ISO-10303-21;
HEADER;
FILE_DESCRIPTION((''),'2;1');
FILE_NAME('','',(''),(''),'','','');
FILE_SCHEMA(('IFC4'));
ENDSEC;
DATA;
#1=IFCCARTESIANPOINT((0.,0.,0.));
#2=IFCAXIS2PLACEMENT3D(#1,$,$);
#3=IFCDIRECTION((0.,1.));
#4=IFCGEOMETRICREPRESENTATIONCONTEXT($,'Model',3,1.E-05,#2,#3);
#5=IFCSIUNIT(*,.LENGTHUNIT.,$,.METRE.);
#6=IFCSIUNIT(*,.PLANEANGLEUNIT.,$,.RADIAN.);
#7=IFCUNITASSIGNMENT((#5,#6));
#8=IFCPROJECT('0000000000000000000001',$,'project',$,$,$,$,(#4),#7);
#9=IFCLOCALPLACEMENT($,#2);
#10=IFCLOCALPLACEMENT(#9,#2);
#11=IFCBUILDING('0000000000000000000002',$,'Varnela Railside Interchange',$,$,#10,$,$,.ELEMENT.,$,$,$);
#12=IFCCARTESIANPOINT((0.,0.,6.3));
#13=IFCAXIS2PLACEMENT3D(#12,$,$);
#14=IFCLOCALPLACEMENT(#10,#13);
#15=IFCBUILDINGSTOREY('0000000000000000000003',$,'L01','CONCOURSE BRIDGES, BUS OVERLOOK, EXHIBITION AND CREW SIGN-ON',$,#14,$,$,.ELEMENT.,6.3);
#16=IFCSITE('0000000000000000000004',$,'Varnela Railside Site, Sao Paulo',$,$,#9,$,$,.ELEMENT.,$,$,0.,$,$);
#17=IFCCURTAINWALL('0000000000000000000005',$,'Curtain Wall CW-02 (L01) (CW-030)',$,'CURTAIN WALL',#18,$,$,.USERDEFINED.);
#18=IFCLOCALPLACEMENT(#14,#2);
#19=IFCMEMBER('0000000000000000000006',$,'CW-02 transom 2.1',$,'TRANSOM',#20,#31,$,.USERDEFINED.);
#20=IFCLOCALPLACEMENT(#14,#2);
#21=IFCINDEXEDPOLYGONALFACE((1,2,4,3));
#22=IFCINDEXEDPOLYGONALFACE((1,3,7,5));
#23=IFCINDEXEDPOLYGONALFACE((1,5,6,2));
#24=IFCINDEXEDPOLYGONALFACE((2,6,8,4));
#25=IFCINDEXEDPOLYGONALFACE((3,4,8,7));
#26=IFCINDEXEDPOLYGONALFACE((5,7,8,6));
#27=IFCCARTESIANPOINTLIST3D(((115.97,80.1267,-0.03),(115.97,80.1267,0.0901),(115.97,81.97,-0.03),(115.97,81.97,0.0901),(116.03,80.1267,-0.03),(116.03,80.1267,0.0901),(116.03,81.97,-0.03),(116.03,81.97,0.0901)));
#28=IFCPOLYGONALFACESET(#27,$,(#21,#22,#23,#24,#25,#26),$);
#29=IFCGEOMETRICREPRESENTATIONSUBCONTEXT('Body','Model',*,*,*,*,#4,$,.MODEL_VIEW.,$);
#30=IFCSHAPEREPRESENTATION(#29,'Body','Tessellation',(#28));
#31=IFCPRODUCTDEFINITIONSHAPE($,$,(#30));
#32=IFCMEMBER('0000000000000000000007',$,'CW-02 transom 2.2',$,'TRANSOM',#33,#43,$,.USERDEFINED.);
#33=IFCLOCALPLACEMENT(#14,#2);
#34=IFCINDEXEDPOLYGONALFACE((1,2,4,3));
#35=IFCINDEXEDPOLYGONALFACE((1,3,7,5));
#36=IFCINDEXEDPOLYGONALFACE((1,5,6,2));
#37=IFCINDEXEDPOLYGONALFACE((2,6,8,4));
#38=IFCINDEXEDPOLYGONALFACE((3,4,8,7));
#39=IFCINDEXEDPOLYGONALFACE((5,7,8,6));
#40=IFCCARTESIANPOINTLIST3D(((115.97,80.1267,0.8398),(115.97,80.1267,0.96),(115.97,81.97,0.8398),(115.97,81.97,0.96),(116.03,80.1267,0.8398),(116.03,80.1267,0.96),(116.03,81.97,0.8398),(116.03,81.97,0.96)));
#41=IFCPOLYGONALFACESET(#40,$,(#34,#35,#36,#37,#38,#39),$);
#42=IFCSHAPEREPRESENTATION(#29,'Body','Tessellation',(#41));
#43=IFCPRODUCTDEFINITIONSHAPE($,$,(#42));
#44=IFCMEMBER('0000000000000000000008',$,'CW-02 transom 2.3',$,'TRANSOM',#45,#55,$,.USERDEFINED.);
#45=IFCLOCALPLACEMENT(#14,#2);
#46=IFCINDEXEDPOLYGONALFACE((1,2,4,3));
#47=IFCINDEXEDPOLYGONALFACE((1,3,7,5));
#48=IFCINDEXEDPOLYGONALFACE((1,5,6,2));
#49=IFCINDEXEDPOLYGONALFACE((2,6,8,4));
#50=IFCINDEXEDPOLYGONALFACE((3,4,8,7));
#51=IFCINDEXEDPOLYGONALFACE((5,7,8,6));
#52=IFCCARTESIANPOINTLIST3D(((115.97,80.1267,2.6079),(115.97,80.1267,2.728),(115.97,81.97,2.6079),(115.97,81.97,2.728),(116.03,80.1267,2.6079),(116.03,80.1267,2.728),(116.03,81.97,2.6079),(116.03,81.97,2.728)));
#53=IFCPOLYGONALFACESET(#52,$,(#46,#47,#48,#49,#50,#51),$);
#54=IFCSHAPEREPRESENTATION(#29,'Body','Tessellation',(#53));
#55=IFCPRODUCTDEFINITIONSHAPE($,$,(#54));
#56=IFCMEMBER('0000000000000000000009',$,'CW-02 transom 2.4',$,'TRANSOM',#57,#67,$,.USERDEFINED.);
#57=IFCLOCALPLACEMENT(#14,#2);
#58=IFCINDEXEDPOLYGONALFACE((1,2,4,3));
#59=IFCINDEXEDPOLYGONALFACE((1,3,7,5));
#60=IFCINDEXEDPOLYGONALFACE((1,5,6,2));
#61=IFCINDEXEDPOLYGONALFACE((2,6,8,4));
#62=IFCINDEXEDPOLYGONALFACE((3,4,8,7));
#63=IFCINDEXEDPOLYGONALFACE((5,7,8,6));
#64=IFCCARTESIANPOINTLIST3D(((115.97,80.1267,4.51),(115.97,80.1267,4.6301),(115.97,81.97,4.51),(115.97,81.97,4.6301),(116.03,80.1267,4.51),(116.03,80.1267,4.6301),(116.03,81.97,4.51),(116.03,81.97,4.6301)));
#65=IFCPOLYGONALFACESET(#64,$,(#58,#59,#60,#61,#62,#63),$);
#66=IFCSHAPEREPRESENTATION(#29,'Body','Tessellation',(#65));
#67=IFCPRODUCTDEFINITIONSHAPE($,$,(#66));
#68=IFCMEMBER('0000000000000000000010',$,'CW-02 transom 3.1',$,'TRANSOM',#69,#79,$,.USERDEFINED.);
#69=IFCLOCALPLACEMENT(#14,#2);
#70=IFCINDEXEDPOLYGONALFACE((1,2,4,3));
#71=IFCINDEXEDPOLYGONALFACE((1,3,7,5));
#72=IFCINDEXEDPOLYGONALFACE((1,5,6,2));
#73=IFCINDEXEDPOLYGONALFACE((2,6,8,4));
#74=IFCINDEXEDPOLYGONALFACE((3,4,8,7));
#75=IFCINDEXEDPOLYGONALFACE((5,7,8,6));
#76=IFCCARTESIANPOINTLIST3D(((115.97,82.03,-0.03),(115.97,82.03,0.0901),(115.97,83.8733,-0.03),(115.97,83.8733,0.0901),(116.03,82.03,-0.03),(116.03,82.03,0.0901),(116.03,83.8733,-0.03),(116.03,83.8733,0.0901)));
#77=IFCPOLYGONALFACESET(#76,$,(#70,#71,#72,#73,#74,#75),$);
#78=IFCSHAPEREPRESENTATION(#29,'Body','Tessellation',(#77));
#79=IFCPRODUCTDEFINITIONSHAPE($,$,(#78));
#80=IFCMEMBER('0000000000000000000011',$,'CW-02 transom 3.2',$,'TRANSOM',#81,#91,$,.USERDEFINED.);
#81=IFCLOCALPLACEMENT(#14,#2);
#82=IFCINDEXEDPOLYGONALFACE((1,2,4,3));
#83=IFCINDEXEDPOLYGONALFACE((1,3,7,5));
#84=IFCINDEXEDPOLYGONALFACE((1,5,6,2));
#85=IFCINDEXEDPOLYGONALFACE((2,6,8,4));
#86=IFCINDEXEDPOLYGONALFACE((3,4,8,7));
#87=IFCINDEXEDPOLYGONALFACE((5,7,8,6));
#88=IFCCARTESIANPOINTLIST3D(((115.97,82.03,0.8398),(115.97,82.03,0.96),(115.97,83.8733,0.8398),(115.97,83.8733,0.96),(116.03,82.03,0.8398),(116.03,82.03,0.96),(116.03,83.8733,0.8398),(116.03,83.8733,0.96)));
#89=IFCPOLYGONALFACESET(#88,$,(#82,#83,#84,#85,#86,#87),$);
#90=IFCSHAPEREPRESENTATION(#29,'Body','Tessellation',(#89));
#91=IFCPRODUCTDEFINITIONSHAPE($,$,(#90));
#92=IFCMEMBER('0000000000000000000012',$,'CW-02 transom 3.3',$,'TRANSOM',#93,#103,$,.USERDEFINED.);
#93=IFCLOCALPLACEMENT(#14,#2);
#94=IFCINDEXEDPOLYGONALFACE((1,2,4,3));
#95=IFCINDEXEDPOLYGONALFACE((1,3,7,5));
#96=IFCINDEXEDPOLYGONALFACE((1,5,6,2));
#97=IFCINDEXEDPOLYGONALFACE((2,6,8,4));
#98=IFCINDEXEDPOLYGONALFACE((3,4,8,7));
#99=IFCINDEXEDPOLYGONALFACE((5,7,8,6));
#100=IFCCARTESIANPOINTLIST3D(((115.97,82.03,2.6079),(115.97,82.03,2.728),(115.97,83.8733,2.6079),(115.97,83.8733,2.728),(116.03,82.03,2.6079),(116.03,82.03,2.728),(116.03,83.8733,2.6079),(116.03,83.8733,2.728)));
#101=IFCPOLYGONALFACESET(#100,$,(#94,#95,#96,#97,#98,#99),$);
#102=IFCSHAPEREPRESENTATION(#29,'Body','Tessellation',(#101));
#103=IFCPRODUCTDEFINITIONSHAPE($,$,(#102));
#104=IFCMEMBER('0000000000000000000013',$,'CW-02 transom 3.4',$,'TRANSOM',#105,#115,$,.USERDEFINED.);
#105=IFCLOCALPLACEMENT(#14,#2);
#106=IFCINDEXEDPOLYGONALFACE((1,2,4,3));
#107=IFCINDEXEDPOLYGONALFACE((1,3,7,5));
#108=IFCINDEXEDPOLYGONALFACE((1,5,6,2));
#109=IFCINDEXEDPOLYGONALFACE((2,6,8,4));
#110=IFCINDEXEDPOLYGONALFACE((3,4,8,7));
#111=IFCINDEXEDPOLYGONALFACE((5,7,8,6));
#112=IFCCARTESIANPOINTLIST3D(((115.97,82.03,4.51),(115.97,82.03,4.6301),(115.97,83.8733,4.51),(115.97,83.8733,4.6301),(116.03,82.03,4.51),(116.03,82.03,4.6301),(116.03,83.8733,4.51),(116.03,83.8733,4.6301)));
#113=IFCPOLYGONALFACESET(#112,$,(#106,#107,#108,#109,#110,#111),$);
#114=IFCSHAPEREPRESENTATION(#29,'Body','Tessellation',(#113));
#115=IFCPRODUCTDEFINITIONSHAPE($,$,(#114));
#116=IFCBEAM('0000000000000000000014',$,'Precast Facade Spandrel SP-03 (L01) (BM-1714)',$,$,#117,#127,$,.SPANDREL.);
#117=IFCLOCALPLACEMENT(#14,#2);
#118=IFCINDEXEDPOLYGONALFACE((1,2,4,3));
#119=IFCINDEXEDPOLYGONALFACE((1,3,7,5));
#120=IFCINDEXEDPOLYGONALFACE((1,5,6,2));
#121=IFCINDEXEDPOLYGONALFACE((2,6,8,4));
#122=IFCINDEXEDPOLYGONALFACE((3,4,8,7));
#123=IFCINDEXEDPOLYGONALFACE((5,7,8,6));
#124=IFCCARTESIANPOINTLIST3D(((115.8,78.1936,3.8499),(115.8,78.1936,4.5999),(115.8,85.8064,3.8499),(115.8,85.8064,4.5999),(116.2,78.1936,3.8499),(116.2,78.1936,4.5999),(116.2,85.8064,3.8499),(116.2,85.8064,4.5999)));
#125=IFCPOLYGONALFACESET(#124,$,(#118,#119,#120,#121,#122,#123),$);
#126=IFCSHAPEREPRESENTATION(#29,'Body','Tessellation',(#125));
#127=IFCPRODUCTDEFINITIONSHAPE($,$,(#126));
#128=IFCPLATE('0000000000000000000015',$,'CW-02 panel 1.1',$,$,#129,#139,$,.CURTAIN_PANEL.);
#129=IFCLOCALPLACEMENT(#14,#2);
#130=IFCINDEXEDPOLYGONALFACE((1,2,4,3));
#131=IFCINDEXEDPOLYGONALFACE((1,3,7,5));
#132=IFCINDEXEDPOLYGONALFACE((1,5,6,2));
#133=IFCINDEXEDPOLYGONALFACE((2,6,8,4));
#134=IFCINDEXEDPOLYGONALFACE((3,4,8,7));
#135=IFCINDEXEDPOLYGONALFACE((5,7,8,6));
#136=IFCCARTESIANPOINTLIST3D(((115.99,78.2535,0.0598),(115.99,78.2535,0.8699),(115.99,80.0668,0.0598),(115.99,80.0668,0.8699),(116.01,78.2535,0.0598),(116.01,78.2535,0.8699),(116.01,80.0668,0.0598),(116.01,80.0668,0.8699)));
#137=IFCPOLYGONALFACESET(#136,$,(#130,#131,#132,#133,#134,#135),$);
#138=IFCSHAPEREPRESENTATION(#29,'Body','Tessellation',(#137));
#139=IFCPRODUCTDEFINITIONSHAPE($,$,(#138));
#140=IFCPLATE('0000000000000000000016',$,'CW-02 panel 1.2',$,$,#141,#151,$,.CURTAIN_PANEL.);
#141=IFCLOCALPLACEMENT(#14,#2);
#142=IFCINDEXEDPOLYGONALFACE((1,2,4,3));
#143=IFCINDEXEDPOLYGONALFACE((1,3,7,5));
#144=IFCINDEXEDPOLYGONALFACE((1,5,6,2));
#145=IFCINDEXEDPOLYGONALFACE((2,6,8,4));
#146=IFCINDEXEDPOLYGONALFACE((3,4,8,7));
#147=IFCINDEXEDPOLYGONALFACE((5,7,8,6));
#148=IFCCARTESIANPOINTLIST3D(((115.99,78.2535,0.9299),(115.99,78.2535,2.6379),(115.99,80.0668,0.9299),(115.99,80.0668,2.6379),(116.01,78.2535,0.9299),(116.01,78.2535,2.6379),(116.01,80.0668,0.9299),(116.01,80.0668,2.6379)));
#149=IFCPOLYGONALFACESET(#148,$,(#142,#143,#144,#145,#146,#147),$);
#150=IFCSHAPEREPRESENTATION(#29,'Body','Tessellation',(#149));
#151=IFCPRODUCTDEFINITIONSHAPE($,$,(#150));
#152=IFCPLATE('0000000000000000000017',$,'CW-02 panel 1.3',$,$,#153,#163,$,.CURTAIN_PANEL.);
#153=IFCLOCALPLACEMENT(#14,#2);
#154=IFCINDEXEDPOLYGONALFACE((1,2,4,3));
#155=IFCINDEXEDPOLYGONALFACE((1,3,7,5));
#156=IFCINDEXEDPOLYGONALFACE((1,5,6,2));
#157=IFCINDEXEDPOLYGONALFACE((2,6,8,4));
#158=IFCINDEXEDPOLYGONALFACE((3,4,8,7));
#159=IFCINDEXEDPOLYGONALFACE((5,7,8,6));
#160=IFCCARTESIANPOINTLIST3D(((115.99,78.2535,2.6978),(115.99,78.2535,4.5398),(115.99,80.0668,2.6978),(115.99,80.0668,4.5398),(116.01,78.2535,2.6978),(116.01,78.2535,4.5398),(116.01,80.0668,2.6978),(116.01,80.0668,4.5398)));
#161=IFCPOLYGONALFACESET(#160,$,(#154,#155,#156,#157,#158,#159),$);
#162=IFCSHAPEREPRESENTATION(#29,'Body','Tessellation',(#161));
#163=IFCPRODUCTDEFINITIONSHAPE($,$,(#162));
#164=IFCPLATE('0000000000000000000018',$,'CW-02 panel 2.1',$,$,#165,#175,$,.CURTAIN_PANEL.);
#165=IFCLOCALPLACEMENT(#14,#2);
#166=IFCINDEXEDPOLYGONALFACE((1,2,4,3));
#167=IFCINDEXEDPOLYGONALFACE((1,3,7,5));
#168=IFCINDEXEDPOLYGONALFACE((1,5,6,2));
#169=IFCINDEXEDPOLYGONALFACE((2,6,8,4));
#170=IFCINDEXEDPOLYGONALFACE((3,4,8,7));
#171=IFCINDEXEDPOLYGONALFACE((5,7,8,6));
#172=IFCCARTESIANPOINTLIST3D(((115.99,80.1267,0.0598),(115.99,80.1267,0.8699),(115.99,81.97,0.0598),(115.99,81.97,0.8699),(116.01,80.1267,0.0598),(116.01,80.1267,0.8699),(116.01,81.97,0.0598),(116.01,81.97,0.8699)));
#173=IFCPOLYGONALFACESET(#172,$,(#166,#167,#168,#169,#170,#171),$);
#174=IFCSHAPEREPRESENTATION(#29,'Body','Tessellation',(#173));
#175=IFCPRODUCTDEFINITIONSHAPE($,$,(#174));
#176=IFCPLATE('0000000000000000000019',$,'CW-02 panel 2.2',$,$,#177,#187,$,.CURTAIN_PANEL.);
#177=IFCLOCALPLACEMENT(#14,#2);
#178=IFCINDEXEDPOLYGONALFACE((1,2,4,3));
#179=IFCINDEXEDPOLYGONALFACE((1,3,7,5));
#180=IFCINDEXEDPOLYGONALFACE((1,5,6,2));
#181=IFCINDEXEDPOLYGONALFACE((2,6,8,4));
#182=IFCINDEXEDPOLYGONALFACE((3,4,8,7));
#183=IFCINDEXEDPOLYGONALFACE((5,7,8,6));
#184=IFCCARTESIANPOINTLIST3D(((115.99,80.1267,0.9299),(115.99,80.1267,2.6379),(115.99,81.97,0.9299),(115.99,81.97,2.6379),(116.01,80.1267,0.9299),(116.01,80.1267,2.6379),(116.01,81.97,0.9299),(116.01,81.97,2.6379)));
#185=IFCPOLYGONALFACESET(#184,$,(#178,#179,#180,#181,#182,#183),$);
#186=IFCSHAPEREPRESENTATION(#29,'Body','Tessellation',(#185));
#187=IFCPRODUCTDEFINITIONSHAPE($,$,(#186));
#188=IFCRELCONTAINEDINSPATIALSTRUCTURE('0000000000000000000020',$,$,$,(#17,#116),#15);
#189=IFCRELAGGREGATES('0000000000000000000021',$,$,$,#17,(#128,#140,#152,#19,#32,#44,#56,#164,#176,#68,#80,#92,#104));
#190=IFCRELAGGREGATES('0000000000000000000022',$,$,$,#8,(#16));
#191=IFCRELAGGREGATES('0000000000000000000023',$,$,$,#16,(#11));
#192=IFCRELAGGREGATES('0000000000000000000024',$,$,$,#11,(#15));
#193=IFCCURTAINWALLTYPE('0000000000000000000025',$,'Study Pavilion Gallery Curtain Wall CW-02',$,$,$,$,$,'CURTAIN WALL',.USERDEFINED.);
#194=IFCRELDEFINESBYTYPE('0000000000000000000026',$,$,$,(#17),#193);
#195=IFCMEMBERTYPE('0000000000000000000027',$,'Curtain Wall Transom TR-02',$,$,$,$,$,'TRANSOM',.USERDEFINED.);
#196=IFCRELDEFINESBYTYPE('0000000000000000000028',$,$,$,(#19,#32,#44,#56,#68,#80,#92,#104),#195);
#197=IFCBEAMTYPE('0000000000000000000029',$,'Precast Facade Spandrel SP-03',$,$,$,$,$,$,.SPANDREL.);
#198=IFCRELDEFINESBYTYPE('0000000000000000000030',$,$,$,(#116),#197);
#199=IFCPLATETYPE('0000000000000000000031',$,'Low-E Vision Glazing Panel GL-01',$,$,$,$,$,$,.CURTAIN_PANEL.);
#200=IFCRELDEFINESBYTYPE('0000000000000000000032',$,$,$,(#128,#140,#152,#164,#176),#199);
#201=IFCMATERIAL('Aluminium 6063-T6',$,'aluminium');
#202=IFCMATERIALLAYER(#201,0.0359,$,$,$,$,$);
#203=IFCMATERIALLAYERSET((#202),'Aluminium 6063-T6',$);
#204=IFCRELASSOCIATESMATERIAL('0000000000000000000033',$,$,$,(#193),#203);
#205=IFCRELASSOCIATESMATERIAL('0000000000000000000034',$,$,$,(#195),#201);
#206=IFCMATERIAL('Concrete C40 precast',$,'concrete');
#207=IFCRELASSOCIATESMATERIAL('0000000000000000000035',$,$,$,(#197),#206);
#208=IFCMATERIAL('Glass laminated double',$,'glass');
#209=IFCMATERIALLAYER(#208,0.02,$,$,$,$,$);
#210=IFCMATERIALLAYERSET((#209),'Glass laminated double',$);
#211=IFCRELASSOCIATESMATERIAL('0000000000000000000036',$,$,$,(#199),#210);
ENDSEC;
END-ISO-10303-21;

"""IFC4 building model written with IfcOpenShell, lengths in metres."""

from ifc_helpers import new_model, si_unit, direction, frame, origin, origin_2d, place, context, subcontext, project, spatial, rectangle, extrude, material, layer, layer_set, material_profile, profile_set, type_object, element, aggregate, save


model = new_model("IFC4")

# Units and contexts
model_context = context("Model", 3, precision=1e-05, world=origin(), true_north=direction((0.0, 1.0)))
body_context = subcontext(model_context, "Body", "Model", "MODEL_VIEW")
ifc_project = project(units=[si_unit("LENGTHUNIT", "METRE"), si_unit("PLANEANGLEUNIT", "RADIAN")], contexts=[model_context])

# Site, building, storey
site_placement = place(None, origin())
site = spatial("IfcSite", under=ifc_project, at=site_placement, Name="Varnela Railside Site, Sao Paulo", CompositionType="ELEMENT", RefElevation=0.0)
building_placement = place(site_placement, origin())
building = spatial("IfcBuilding", under=site, at=building_placement, Name="Varnela Railside Interchange", CompositionType="ELEMENT")
storey_placement = place(building_placement, frame((0.0, 0.0, 6.3)))
storey = spatial("IfcBuildingStorey", under=building, at=storey_placement, Name="L01", Description="CONCOURSE BRIDGES, BUS OVERLOOK, EXHIBITION AND CREW SIGN-ON", CompositionType="ELEMENT", Elevation=6.3)

# Curtain wall, members
ifc_material_1 = material(Name="Aluminium 6063-T6", Category="aluminium")
ifc_layer_1 = layer(ifc_material_1, 0.0359)
ifc_layer_set_1 = layer_set([ifc_layer_1], Name="Aluminium 6063-T6")
curtain_wall_type = type_object("IfcCurtainWallType", Name="Study Pavilion Gallery Curtain Wall CW-02", ElementType="CURTAIN WALL", PredefinedType="USERDEFINED", material=ifc_layer_set_1)
curtain_wall_placement = place(storey_placement, origin())
curtain_wall = element("IfcCurtainWall", 1, at=curtain_wall_placement, inside=storey, type_object=curtain_wall_type, Name="Curtain Wall CW-02 (L01) (CW-030)", ObjectType="CURTAIN WALL", PredefinedType="USERDEFINED")
ifc_material_profile_1 = material_profile(ifc_material_1, rectangle(XDim=0.0601, YDim=0.1201, at=origin_2d()), Name="ALU 60x120")
ifc_profile_set_1 = profile_set([ifc_material_profile_1], Name="Aluminium 6063-T6")
member_type_1 = type_object("IfcMemberType", Name="Curtain Wall Transom TR-02", ElementType="TRANSOM", PredefinedType="USERDEFINED", material=ifc_profile_set_1)
member_1_placement = place(storey_placement, frame((116.0, 80.1267, 0.03), z_axis=(0.0, 1.0, 0.0), x_axis=(-1.0, 0.0, 0.0)))
member_1 = element("IfcMember", 2, at=member_1_placement, type_object=member_type_1, Name="CW-02 transom 2.1", ObjectType="TRANSOM", PredefinedType="USERDEFINED", context=body_context, shape_type="SweptSolid", body=[
    extrude(rectangle(XDim=0.0601, YDim=0.1201, at=origin_2d()), origin(), (0.0, 0.0, 1.0), 1.8433),
])
member_2_placement = place(storey_placement, frame((116.0, 80.1267, 0.8999), z_axis=(0.0, 1.0, 0.0), x_axis=(-1.0, 0.0, 0.0)))
member_2 = element("IfcMember", 3, at=member_2_placement, type_object=member_type_1, Name="CW-02 transom 2.2", ObjectType="TRANSOM", PredefinedType="USERDEFINED", context=body_context, shape_type="SweptSolid", body=[
    extrude(rectangle(XDim=0.0601, YDim=0.1201, at=origin_2d()), origin(), (0.0, 0.0, 1.0), 1.8433),
])
member_3_placement = place(storey_placement, frame((116.0, 80.1267, 2.668), z_axis=(0.0, 1.0, 0.0), x_axis=(-1.0, 0.0, 0.0)))
member_3 = element("IfcMember", 4, at=member_3_placement, type_object=member_type_1, Name="CW-02 transom 2.3", ObjectType="TRANSOM", PredefinedType="USERDEFINED", context=body_context, shape_type="SweptSolid", body=[
    extrude(rectangle(XDim=0.0601, YDim=0.1201, at=origin_2d()), origin(), (0.0, 0.0, 1.0), 1.8433),
])
member_4_placement = place(storey_placement, frame((116.0, 80.1267, 4.5701), z_axis=(0.0, 1.0, 0.0), x_axis=(-1.0, 0.0, 0.0)))
member_4 = element("IfcMember", 5, at=member_4_placement, type_object=member_type_1, Name="CW-02 transom 2.4", ObjectType="TRANSOM", PredefinedType="USERDEFINED", context=body_context, shape_type="SweptSolid", body=[
    extrude(rectangle(XDim=0.0601, YDim=0.1201, at=origin_2d()), origin(), (0.0, 0.0, 1.0), 1.8433),
])
member_5_placement = place(storey_placement, frame((116.0, 82.03, 0.03), z_axis=(0.0, 1.0, 0.0), x_axis=(-1.0, 0.0, 0.0)))
member_5 = element("IfcMember", 6, at=member_5_placement, type_object=member_type_1, Name="CW-02 transom 3.1", ObjectType="TRANSOM", PredefinedType="USERDEFINED", context=body_context, shape_type="SweptSolid", body=[
    extrude(rectangle(XDim=0.0601, YDim=0.1201, at=origin_2d()), origin(), (0.0, 0.0, 1.0), 1.8433),
])
member_6_placement = place(storey_placement, frame((116.0, 82.03, 0.8999), z_axis=(0.0, 1.0, 0.0), x_axis=(-1.0, 0.0, 0.0)))
member_6 = element("IfcMember", 7, at=member_6_placement, type_object=member_type_1, Name="CW-02 transom 3.2", ObjectType="TRANSOM", PredefinedType="USERDEFINED", context=body_context, shape_type="SweptSolid", body=[
    extrude(rectangle(XDim=0.0601, YDim=0.1201, at=origin_2d()), origin(), (0.0, 0.0, 1.0), 1.8433),
])
member_7_placement = place(storey_placement, frame((116.0, 82.03, 2.668), z_axis=(0.0, 1.0, 0.0), x_axis=(-1.0, 0.0, 0.0)))
member_7 = element("IfcMember", 8, at=member_7_placement, type_object=member_type_1, Name="CW-02 transom 3.3", ObjectType="TRANSOM", PredefinedType="USERDEFINED", context=body_context, shape_type="SweptSolid", body=[
    extrude(rectangle(XDim=0.0601, YDim=0.1201, at=origin_2d()), origin(), (0.0, 0.0, 1.0), 1.8433),
])
member_8_placement = place(storey_placement, frame((116.0, 82.03, 4.5701), z_axis=(0.0, 1.0, 0.0), x_axis=(-1.0, 0.0, 0.0)))
member_8 = element("IfcMember", 9, at=member_8_placement, type_object=member_type_1, Name="CW-02 transom 3.4", ObjectType="TRANSOM", PredefinedType="USERDEFINED", context=body_context, shape_type="SweptSolid", body=[
    extrude(rectangle(XDim=0.0601, YDim=0.1201, at=origin_2d()), origin(), (0.0, 0.0, 1.0), 1.8433),
])

# Beam
ifc_material_2 = material(Name="Concrete C40 precast", Category="concrete")
ifc_material_profile_2 = material_profile(ifc_material_2, rectangle(XDim=0.3999, YDim=0.75, at=origin_2d()), Name="PC 400x750")
ifc_profile_set_2 = profile_set([ifc_material_profile_2], Name="Concrete C40 precast")
beam_type_1 = type_object("IfcBeamType", Name="Precast Facade Spandrel SP-03", PredefinedType="SPANDREL", material=ifc_profile_set_2)
beam_1_placement = place(storey_placement, frame((116.0, 78.1936, 4.2249), z_axis=(0.0, 1.0, 0.0), x_axis=(-1.0, 0.0, 0.0)))
element("IfcBeam", 10, at=beam_1_placement, inside=storey, type_object=beam_type_1, Name="Precast Facade Spandrel SP-03 (L01) (BM-1714)", PredefinedType="SPANDREL", context=body_context, shape_type="SweptSolid", body=[
    extrude(rectangle(XDim=0.3999, YDim=0.75, at=origin_2d()), origin(), (0.0, 0.0, 1.0), 7.6128),
])

# Plates
ifc_material_3 = material(Name="Glass laminated double", Category="glass")
ifc_layer_2 = layer(ifc_material_3, 0.02)
ifc_layer_set_2 = layer_set([ifc_layer_2], Name="Glass laminated double")
plate_type = type_object("IfcPlateType", Name="Low-E Vision Glazing Panel GL-01", PredefinedType="CURTAIN_PANEL", material=ifc_layer_set_2)
plate_1_placement = place(storey_placement, frame((116.0, 79.1602, 0.0598), z_axis=(0.0, 0.0, 1.0), x_axis=(0.0, 1.0, 0.0)))
plate_1 = element("IfcPlate", 11, at=plate_1_placement, type_object=plate_type, Name="CW-02 panel 1.1", PredefinedType="CURTAIN_PANEL", context=body_context, shape_type="SweptSolid", body=[
    extrude(rectangle(XDim=1.8132, YDim=0.02, at=origin_2d()), origin(), (0.0, 0.0, 1.0), 0.8101),
])
plate_2_placement = place(storey_placement, frame((116.0, 79.1602, 0.9299), z_axis=(0.0, 0.0, 1.0), x_axis=(0.0, 1.0, 0.0)))
plate_2 = element("IfcPlate", 12, at=plate_2_placement, type_object=plate_type, Name="CW-02 panel 1.2", PredefinedType="CURTAIN_PANEL", context=body_context, shape_type="SweptSolid", body=[
    extrude(rectangle(XDim=1.8132, YDim=0.02, at=origin_2d()), origin(), (0.0, 0.0, 1.0), 1.708),
])
plate_3_placement = place(storey_placement, frame((116.0, 79.1602, 2.6978), z_axis=(0.0, 0.0, 1.0), x_axis=(0.0, 1.0, 0.0)))
plate_3 = element("IfcPlate", 13, at=plate_3_placement, type_object=plate_type, Name="CW-02 panel 1.3", PredefinedType="CURTAIN_PANEL", context=body_context, shape_type="SweptSolid", body=[
    extrude(rectangle(XDim=1.8132, YDim=0.02, at=origin_2d()), origin(), (0.0, 0.0, 1.0), 1.842),
])
plate_4_placement = place(storey_placement, frame((116.0, 81.0483, 0.0598), z_axis=(0.0, 0.0, 1.0), x_axis=(0.0, 1.0, 0.0)))
plate_4 = element("IfcPlate", 14, at=plate_4_placement, type_object=plate_type, Name="CW-02 panel 2.1", PredefinedType="CURTAIN_PANEL", context=body_context, shape_type="SweptSolid", body=[
    extrude(rectangle(XDim=1.8433, YDim=0.02, at=origin_2d()), origin(), (0.0, 0.0, 1.0), 0.8101),
])
plate_5_placement = place(storey_placement, frame((116.0, 81.0483, 0.9299), z_axis=(0.0, 0.0, 1.0), x_axis=(0.0, 1.0, 0.0)))
plate_5 = element("IfcPlate", 15, at=plate_5_placement, type_object=plate_type, Name="CW-02 panel 2.2", PredefinedType="CURTAIN_PANEL", context=body_context, shape_type="SweptSolid", body=[
    extrude(rectangle(XDim=1.8433, YDim=0.02, at=origin_2d()), origin(), (0.0, 0.0, 1.0), 1.708),
])
aggregate(curtain_wall, [plate_1, plate_2, plate_3, member_1, member_2, member_3, member_4, plate_4, plate_5, member_5, member_6, member_7, member_8])

save(model, "model.ifc")
